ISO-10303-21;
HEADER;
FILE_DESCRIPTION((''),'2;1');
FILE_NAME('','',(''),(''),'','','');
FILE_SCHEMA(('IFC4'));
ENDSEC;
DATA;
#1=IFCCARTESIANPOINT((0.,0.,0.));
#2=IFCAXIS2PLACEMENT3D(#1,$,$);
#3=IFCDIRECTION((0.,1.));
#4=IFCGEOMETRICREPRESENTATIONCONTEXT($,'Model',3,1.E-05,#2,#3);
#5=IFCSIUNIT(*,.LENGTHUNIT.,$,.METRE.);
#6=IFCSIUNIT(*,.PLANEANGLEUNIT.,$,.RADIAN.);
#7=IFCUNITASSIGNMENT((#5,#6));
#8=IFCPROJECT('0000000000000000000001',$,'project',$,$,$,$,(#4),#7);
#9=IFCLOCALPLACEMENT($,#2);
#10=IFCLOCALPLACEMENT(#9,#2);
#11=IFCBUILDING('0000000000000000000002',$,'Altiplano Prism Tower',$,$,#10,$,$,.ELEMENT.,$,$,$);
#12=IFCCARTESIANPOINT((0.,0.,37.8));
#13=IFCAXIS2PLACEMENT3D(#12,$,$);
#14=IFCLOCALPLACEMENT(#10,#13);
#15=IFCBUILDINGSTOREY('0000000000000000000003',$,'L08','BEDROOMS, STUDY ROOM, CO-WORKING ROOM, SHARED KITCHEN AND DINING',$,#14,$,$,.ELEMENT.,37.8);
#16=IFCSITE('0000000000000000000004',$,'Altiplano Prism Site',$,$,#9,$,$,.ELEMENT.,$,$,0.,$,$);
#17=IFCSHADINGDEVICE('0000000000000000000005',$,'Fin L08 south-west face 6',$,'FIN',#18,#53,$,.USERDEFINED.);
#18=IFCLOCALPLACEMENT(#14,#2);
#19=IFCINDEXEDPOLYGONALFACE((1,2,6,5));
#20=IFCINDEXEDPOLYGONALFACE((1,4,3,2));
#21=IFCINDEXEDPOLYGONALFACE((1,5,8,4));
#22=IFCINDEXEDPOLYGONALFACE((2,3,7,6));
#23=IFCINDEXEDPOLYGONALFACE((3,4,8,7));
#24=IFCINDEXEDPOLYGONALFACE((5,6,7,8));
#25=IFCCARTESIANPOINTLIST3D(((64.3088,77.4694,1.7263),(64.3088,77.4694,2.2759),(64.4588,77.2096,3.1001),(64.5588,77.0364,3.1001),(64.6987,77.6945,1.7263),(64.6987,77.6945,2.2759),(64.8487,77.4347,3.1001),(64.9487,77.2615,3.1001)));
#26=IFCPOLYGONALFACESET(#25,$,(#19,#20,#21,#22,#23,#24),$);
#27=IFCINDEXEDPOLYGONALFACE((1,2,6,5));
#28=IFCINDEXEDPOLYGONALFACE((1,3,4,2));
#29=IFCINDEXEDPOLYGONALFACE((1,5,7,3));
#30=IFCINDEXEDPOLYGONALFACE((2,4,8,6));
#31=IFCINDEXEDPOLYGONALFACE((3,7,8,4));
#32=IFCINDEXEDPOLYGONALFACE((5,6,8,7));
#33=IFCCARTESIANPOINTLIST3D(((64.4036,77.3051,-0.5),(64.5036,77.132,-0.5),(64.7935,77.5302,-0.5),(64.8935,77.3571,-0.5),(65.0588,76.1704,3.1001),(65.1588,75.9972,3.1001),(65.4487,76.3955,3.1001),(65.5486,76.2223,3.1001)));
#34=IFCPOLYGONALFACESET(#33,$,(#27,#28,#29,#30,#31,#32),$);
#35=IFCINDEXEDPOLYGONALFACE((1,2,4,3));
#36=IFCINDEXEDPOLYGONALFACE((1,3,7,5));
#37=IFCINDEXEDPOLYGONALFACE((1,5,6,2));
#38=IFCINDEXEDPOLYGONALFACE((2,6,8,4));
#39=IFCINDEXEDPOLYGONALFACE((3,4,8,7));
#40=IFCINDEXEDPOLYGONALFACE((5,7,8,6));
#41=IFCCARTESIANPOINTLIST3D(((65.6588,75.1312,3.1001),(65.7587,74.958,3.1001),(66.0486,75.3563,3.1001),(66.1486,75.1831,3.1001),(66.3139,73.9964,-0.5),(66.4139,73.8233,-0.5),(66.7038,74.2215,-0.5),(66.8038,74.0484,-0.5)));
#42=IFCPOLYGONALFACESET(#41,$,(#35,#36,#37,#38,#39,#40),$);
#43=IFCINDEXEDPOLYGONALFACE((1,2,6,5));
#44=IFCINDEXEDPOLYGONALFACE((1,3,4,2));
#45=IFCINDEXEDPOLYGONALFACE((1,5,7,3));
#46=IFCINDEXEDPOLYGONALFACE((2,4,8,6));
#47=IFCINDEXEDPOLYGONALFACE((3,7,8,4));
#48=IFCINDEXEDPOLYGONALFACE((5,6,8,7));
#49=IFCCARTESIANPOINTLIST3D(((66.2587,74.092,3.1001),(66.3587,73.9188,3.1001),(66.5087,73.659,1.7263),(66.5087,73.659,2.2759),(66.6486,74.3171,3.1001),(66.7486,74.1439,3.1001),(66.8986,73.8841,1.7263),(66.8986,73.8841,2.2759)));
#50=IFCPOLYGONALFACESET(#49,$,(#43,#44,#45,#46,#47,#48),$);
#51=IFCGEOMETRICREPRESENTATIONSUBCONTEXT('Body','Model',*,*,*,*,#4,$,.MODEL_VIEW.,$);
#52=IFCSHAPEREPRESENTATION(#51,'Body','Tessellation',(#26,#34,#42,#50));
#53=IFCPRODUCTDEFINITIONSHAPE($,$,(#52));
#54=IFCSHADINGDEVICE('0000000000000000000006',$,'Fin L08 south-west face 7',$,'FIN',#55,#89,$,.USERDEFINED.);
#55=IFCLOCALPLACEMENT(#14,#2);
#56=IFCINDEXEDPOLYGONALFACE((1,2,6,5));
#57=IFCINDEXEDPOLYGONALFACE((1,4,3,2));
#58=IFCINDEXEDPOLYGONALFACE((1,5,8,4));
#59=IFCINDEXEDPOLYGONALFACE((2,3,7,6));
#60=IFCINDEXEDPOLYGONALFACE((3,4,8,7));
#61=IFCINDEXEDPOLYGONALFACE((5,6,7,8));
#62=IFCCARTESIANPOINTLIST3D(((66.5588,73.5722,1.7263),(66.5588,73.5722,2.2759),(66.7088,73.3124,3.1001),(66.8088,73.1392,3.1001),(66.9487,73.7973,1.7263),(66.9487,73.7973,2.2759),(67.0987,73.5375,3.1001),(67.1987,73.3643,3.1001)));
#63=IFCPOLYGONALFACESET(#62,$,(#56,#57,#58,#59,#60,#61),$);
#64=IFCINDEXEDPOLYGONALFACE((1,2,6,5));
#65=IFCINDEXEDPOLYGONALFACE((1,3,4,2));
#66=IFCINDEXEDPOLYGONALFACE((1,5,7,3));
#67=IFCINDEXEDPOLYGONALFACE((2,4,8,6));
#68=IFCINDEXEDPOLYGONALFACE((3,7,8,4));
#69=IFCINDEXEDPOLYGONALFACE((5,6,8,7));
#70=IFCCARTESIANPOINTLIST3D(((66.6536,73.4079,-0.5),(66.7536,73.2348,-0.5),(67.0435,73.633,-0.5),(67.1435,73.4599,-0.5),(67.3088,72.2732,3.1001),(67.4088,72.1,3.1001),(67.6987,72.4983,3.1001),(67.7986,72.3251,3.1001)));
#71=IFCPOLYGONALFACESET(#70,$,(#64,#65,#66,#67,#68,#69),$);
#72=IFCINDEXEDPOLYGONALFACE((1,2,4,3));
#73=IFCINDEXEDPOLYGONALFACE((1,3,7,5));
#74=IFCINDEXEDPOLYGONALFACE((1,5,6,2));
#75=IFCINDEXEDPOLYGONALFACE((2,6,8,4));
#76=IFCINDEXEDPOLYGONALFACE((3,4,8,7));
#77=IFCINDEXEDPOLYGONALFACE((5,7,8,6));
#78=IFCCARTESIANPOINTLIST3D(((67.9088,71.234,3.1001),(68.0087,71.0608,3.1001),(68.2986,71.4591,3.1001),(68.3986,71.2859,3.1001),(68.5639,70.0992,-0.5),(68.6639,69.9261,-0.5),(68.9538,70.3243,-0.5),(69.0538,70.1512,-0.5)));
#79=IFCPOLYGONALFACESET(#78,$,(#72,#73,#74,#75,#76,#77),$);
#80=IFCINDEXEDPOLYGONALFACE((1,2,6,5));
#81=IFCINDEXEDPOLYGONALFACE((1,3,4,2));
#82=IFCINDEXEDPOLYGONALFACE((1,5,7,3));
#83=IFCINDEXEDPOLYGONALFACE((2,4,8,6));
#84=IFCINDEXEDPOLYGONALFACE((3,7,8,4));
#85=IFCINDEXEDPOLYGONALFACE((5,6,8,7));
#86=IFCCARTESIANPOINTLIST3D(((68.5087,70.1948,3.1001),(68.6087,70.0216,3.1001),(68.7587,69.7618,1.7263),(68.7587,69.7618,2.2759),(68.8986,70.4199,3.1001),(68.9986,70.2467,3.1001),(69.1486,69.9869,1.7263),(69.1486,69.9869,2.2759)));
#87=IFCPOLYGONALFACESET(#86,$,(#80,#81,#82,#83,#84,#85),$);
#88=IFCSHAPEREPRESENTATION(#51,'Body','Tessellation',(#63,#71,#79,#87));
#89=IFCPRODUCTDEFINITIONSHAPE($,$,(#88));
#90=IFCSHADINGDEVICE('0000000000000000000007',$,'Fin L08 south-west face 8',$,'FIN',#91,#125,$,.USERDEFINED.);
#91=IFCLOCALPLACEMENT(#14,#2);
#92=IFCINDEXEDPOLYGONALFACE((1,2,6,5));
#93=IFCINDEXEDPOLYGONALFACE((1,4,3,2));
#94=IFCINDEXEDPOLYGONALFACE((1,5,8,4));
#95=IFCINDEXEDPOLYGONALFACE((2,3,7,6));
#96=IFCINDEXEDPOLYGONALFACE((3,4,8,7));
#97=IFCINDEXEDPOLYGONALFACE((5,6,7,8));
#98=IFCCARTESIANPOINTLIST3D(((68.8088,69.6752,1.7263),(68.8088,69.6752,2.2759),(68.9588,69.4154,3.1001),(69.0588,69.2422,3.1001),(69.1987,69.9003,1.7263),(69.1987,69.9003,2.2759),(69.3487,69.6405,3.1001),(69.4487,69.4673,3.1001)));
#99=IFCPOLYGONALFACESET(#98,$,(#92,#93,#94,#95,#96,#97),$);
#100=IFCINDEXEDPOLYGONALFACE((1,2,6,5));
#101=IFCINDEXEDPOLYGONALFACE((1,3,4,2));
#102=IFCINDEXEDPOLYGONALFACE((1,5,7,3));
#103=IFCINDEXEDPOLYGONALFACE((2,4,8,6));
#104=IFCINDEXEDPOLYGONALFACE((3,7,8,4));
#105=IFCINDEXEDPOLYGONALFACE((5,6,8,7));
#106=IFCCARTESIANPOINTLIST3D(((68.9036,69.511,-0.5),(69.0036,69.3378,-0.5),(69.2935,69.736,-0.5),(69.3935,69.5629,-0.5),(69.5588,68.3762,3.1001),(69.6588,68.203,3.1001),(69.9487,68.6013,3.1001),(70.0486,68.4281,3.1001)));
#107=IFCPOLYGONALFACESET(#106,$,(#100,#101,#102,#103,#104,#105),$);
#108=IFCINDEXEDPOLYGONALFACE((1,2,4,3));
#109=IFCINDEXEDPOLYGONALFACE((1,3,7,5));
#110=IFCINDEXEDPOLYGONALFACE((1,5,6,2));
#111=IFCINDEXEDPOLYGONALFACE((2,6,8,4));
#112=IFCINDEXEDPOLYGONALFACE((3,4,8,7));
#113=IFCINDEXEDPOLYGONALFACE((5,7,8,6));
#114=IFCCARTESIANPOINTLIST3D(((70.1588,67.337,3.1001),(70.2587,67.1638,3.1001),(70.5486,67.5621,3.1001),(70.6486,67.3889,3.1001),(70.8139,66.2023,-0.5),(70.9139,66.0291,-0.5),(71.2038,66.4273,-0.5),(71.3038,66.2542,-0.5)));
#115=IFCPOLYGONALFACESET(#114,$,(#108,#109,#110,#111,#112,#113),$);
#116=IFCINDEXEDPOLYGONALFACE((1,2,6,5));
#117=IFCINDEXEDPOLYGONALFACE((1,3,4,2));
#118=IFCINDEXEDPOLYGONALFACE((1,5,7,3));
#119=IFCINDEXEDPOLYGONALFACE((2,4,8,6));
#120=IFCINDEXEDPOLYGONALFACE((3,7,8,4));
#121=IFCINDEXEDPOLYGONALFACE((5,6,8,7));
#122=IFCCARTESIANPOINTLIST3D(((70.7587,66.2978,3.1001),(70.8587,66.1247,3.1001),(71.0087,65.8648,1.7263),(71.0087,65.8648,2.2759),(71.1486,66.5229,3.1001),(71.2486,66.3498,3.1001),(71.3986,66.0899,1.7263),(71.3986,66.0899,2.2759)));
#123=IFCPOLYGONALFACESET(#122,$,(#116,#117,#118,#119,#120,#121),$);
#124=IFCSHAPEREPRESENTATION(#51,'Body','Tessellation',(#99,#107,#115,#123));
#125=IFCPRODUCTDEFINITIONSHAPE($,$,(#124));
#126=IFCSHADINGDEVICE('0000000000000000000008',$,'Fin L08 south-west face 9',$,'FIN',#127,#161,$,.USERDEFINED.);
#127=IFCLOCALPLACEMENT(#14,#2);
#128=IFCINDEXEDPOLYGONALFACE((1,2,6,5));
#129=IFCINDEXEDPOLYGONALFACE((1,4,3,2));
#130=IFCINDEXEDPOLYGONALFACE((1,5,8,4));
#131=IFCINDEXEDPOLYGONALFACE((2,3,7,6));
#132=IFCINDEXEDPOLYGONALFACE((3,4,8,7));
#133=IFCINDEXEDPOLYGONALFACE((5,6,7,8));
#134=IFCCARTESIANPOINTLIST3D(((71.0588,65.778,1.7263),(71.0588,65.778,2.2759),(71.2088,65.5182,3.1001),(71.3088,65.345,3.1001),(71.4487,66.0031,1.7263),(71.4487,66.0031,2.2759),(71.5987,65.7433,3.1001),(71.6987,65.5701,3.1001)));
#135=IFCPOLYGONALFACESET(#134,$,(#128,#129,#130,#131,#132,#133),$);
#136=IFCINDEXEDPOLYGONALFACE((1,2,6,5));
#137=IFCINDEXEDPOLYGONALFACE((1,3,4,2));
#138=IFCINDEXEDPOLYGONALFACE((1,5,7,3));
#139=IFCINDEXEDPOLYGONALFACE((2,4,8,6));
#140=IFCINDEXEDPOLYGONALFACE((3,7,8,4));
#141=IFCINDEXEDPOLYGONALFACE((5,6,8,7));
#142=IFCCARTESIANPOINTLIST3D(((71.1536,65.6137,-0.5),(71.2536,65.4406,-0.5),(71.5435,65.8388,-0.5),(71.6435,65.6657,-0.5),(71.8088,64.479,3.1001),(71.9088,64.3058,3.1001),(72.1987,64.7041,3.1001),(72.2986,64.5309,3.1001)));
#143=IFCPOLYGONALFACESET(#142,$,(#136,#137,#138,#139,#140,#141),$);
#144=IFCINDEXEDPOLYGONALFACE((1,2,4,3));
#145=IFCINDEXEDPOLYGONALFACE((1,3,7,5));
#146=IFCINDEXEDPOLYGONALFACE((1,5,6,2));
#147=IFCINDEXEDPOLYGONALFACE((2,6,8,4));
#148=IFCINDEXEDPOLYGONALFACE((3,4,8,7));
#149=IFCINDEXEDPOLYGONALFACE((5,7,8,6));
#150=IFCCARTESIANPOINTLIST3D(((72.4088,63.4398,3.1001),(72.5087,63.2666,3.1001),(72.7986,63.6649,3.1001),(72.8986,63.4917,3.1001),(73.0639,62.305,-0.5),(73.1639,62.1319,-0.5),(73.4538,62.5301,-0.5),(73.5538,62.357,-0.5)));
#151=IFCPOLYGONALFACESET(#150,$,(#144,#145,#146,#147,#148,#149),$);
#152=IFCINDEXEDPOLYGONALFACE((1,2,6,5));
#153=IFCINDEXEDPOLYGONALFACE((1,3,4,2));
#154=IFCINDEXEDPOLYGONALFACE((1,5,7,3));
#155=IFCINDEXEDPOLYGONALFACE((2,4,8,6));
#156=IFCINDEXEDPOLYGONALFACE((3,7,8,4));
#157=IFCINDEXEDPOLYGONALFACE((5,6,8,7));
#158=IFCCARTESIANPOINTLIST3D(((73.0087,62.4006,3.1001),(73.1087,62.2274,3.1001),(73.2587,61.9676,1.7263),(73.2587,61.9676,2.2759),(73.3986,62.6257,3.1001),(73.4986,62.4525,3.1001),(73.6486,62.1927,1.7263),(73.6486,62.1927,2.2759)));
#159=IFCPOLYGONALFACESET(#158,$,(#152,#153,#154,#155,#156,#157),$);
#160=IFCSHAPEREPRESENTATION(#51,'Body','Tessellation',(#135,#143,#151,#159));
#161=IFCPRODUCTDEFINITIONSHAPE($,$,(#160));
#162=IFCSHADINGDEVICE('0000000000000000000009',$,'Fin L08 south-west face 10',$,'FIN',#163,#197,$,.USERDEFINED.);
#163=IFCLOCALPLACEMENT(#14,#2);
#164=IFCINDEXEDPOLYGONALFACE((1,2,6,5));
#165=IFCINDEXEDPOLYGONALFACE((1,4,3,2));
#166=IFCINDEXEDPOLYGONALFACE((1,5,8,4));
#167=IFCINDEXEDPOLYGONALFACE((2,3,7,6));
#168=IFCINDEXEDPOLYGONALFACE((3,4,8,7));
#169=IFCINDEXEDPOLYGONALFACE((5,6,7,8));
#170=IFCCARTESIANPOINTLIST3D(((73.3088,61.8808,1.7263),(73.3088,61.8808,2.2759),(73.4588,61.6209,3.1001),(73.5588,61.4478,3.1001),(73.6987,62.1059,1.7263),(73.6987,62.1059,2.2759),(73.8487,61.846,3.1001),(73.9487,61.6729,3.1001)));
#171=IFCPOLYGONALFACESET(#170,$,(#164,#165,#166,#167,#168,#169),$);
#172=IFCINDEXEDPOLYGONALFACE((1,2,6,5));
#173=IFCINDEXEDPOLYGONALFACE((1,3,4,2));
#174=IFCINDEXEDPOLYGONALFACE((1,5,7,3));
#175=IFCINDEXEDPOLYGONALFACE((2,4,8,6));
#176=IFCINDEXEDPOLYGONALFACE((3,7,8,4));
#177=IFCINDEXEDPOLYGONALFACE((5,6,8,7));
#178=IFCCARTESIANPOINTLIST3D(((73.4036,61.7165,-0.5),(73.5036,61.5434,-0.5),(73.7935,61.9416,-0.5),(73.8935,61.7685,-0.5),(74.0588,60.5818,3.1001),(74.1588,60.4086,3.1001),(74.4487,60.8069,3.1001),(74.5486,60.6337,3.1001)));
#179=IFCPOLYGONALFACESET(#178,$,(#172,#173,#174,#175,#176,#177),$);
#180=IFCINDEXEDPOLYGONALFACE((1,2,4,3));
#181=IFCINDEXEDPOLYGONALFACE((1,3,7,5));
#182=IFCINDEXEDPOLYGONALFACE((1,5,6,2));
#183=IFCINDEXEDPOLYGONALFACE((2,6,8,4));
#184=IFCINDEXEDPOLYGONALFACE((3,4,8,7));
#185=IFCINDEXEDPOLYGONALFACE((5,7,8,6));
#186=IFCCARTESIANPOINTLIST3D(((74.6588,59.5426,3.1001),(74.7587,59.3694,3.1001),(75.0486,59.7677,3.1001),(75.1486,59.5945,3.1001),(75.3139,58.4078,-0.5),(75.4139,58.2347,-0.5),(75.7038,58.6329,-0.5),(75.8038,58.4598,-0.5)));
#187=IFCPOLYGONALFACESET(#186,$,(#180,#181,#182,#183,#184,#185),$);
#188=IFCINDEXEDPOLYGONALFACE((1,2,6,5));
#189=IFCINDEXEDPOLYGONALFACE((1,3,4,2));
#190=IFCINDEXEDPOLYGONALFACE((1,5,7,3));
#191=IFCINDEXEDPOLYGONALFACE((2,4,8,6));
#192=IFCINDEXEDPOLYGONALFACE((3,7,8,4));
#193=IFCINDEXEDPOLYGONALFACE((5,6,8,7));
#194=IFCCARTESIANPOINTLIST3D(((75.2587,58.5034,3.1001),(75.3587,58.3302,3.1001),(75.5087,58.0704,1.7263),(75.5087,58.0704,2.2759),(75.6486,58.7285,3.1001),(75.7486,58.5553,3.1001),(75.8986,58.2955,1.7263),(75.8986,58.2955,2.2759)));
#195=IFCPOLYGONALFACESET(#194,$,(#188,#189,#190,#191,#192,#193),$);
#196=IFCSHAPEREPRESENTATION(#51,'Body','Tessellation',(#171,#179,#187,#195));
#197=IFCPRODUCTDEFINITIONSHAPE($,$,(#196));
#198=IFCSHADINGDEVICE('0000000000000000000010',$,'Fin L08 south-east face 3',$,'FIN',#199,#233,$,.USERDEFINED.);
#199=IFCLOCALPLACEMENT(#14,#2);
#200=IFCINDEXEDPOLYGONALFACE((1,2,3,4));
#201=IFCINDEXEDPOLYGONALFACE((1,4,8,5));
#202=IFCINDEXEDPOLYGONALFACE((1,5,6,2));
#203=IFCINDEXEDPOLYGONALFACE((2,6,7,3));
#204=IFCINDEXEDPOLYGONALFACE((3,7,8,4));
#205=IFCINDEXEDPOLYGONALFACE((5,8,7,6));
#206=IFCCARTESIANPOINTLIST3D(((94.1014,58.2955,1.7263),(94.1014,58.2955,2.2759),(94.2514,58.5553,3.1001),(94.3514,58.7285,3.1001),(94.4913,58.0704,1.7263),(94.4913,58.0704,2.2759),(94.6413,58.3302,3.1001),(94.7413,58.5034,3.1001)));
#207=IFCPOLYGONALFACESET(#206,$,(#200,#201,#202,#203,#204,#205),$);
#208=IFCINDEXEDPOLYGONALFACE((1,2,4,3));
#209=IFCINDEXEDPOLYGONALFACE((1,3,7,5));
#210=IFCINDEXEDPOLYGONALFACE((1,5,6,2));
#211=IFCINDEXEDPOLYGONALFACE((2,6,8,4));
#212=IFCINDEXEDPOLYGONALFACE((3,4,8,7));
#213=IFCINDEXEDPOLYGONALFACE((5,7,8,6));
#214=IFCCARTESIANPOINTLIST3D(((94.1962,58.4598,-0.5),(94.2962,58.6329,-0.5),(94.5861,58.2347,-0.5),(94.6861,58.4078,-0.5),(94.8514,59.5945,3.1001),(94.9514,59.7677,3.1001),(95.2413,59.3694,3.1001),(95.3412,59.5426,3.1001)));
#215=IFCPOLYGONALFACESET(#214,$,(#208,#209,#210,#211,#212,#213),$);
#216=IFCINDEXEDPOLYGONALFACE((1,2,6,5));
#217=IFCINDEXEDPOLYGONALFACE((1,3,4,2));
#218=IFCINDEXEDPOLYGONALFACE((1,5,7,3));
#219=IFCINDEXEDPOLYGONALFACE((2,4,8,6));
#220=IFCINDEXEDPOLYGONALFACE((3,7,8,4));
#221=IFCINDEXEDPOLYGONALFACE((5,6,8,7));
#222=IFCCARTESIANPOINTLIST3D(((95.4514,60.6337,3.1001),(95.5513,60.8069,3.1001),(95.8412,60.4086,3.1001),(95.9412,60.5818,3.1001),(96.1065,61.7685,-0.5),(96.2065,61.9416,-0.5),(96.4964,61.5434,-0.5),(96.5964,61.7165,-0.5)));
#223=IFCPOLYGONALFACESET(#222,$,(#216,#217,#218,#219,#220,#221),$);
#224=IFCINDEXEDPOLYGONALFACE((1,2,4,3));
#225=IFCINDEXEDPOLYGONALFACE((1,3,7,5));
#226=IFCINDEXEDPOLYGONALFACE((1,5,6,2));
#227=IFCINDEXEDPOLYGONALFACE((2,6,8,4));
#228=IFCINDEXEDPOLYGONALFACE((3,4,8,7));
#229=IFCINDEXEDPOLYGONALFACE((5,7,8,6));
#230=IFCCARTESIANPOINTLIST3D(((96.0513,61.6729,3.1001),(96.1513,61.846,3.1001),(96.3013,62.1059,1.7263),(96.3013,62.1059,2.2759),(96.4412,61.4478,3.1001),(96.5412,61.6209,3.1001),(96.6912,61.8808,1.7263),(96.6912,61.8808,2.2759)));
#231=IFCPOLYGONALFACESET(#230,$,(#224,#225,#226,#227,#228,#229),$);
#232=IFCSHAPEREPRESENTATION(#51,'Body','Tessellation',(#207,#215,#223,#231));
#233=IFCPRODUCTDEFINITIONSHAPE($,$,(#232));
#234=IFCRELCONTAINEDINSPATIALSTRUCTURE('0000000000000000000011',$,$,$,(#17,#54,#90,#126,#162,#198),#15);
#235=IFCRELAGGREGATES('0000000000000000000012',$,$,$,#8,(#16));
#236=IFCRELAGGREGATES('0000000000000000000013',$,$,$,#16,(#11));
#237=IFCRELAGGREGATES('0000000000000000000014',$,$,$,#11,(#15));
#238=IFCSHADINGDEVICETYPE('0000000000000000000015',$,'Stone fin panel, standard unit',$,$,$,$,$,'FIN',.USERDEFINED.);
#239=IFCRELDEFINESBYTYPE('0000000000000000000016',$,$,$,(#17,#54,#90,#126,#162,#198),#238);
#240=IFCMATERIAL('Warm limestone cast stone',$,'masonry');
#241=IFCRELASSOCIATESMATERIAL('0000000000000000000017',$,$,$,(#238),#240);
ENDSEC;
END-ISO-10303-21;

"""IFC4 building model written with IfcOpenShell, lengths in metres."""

from ifc_helpers import new_model, si_unit, direction, frame, origin, place, context, subcontext, project, spatial, polyline, outline, extrude, source, transform, mapped, material, type_object, element, save


model = new_model("IFC4")

# Units and contexts
model_context = context("Model", 3, precision=1e-05, world=origin(), true_north=direction((0.0, 1.0)))
body_context = subcontext(model_context, "Body", "Model", "MODEL_VIEW")
ifc_project = project(units=[si_unit("LENGTHUNIT", "METRE"), si_unit("PLANEANGLEUNIT", "RADIAN")], contexts=[model_context])

# Site, building, storey
site_placement = place(None, origin())
site = spatial("IfcSite", under=ifc_project, at=site_placement, Name="Altiplano Prism Site", CompositionType="ELEMENT", RefElevation=0.0)
building_placement = place(site_placement, origin())
building = spatial("IfcBuilding", under=site, at=building_placement, Name="Altiplano Prism Tower", CompositionType="ELEMENT")
storey_placement = place(building_placement, frame((0.0, 0.0, 37.8)))
storey = spatial("IfcBuildingStorey", under=building, at=storey_placement, Name="L08", Description="BEDROOMS, STUDY ROOM, CO-WORKING ROOM, SHARED KITCHEN AND DINING", CompositionType="ELEMENT", Elevation=37.8)

# Shading devices
ifc_material_1 = material(Name="Warm limestone cast stone", Category="masonry")
shading_device_type_1 = type_object("IfcShadingDeviceType", Name="Stone fin panel, standard unit", ElementType="FIN", PredefinedType="USERDEFINED", material=ifc_material_1)
shared_shape_1 = source(origin(), body_context, "Body", "SweptSolid", [
    extrude(outline(polyline([(-2.2, 2.2263), (-1.7, 3.6001), (-1.8999, 3.6001), (-2.2, 2.7759), (-2.2, 2.2263)])), frame((0.0, -0.1499, 0.0), z_axis=(0.0, -1.0, 0.0), x_axis=(1.0, 0.0, 0.0)), (0.0, 0.0, 1.0), 0.4502),
    extrude(outline(polyline([(-2.0103, 0.0), (-1.8103, 0.0), (-0.5, 3.6001), (-0.7, 3.6001), (-2.0103, 0.0)])), frame((0.0, -0.1499, 0.0), z_axis=(0.0, -1.0, 0.0), x_axis=(1.0, 0.0, 0.0)), (0.0, 0.0, 1.0), 0.4502),
    extrude(outline(polyline([(1.8103, 0.0), (2.0103, 0.0), (0.7, 3.6001), (0.5, 3.6001), (1.8103, 0.0)])), frame((0.0, -0.1499, 0.0), z_axis=(0.0, -1.0, 0.0), x_axis=(1.0, 0.0, 0.0)), (0.0, 0.0, 1.0), 0.4502),
    extrude(outline(polyline([(2.2, 2.7759), (1.8999, 3.6001), (1.7, 3.6001), (2.2, 2.2263), (2.2, 2.7759)])), frame((0.0, -0.1499, 0.0), z_axis=(0.0, -1.0, 0.0), x_axis=(1.0, 0.0, 0.0)), (0.0, 0.0, 1.0), 0.4502),
])
shading_device_1_placement = place(storey_placement, origin())
element("IfcShadingDevice", 1, at=shading_device_1_placement, inside=storey, type_object=shading_device_type_1, Name="Fin L08 south-west face 6", ObjectType="FIN", PredefinedType="USERDEFINED", context=body_context, shape_type="MappedRepresentation", body=[
    mapped(shared_shape_1, transform((65.9285, 75.8643, -0.5), x_axis=(0.5, -0.866025, 0.0), y_axis=(0.866025, 0.5, 0.0), z_axis=(0.0, 0.0, 1.0))),
])
shading_device_2_placement = place(storey_placement, origin())
element("IfcShadingDevice", 2, at=shading_device_2_placement, inside=storey, type_object=shading_device_type_1, Name="Fin L08 south-west face 7", ObjectType="FIN", PredefinedType="USERDEFINED", context=body_context, shape_type="MappedRepresentation", body=[
    mapped(shared_shape_1, transform((68.1785, 71.967, -0.5), x_axis=(0.5, -0.866025, 0.0), y_axis=(0.866025, 0.5, 0.0), z_axis=(0.0, 0.0, 1.0))),
])
shading_device_3_placement = place(storey_placement, origin())
element("IfcShadingDevice", 3, at=shading_device_3_placement, inside=storey, type_object=shading_device_type_1, Name="Fin L08 south-west face 8", ObjectType="FIN", PredefinedType="USERDEFINED", context=body_context, shape_type="MappedRepresentation", body=[
    mapped(shared_shape_1, transform((70.4285, 68.0701, -0.5), x_axis=(0.5, -0.866025, 0.0), y_axis=(0.866025, 0.5, 0.0), z_axis=(0.0, 0.0, 1.0))),
])
shading_device_4_placement = place(storey_placement, origin())
element("IfcShadingDevice", 4, at=shading_device_4_placement, inside=storey, type_object=shading_device_type_1, Name="Fin L08 south-west face 9", ObjectType="FIN", PredefinedType="USERDEFINED", context=body_context, shape_type="MappedRepresentation", body=[
    mapped(shared_shape_1, transform((72.6785, 64.1729, -0.5), x_axis=(0.5, -0.866025, 0.0), y_axis=(0.866025, 0.5, 0.0), z_axis=(0.0, 0.0, 1.0))),
])
shading_device_5_placement = place(storey_placement, origin())
element("IfcShadingDevice", 5, at=shading_device_5_placement, inside=storey, type_object=shading_device_type_1, Name="Fin L08 south-west face 10", ObjectType="FIN", PredefinedType="USERDEFINED", context=body_context, shape_type="MappedRepresentation", body=[
    mapped(shared_shape_1, transform((74.9285, 60.2756, -0.5), x_axis=(0.5, -0.866025, 0.0), y_axis=(0.866025, 0.5, 0.0), z_axis=(0.0, 0.0, 1.0))),
])
shading_device_6_placement = place(storey_placement, origin())
element("IfcShadingDevice", 6, at=shading_device_6_placement, inside=storey, type_object=shading_device_type_1, Name="Fin L08 south-east face 3", ObjectType="FIN", PredefinedType="USERDEFINED", context=body_context, shape_type="MappedRepresentation", body=[
    mapped(shared_shape_1, transform((95.0715, 60.2756, -0.5), x_axis=(0.5, 0.866025, 0.0), y_axis=(-0.866025, 0.5, 0.0), z_axis=(0.0, 0.0, 1.0))),
])

save(model, "model.ifc")
